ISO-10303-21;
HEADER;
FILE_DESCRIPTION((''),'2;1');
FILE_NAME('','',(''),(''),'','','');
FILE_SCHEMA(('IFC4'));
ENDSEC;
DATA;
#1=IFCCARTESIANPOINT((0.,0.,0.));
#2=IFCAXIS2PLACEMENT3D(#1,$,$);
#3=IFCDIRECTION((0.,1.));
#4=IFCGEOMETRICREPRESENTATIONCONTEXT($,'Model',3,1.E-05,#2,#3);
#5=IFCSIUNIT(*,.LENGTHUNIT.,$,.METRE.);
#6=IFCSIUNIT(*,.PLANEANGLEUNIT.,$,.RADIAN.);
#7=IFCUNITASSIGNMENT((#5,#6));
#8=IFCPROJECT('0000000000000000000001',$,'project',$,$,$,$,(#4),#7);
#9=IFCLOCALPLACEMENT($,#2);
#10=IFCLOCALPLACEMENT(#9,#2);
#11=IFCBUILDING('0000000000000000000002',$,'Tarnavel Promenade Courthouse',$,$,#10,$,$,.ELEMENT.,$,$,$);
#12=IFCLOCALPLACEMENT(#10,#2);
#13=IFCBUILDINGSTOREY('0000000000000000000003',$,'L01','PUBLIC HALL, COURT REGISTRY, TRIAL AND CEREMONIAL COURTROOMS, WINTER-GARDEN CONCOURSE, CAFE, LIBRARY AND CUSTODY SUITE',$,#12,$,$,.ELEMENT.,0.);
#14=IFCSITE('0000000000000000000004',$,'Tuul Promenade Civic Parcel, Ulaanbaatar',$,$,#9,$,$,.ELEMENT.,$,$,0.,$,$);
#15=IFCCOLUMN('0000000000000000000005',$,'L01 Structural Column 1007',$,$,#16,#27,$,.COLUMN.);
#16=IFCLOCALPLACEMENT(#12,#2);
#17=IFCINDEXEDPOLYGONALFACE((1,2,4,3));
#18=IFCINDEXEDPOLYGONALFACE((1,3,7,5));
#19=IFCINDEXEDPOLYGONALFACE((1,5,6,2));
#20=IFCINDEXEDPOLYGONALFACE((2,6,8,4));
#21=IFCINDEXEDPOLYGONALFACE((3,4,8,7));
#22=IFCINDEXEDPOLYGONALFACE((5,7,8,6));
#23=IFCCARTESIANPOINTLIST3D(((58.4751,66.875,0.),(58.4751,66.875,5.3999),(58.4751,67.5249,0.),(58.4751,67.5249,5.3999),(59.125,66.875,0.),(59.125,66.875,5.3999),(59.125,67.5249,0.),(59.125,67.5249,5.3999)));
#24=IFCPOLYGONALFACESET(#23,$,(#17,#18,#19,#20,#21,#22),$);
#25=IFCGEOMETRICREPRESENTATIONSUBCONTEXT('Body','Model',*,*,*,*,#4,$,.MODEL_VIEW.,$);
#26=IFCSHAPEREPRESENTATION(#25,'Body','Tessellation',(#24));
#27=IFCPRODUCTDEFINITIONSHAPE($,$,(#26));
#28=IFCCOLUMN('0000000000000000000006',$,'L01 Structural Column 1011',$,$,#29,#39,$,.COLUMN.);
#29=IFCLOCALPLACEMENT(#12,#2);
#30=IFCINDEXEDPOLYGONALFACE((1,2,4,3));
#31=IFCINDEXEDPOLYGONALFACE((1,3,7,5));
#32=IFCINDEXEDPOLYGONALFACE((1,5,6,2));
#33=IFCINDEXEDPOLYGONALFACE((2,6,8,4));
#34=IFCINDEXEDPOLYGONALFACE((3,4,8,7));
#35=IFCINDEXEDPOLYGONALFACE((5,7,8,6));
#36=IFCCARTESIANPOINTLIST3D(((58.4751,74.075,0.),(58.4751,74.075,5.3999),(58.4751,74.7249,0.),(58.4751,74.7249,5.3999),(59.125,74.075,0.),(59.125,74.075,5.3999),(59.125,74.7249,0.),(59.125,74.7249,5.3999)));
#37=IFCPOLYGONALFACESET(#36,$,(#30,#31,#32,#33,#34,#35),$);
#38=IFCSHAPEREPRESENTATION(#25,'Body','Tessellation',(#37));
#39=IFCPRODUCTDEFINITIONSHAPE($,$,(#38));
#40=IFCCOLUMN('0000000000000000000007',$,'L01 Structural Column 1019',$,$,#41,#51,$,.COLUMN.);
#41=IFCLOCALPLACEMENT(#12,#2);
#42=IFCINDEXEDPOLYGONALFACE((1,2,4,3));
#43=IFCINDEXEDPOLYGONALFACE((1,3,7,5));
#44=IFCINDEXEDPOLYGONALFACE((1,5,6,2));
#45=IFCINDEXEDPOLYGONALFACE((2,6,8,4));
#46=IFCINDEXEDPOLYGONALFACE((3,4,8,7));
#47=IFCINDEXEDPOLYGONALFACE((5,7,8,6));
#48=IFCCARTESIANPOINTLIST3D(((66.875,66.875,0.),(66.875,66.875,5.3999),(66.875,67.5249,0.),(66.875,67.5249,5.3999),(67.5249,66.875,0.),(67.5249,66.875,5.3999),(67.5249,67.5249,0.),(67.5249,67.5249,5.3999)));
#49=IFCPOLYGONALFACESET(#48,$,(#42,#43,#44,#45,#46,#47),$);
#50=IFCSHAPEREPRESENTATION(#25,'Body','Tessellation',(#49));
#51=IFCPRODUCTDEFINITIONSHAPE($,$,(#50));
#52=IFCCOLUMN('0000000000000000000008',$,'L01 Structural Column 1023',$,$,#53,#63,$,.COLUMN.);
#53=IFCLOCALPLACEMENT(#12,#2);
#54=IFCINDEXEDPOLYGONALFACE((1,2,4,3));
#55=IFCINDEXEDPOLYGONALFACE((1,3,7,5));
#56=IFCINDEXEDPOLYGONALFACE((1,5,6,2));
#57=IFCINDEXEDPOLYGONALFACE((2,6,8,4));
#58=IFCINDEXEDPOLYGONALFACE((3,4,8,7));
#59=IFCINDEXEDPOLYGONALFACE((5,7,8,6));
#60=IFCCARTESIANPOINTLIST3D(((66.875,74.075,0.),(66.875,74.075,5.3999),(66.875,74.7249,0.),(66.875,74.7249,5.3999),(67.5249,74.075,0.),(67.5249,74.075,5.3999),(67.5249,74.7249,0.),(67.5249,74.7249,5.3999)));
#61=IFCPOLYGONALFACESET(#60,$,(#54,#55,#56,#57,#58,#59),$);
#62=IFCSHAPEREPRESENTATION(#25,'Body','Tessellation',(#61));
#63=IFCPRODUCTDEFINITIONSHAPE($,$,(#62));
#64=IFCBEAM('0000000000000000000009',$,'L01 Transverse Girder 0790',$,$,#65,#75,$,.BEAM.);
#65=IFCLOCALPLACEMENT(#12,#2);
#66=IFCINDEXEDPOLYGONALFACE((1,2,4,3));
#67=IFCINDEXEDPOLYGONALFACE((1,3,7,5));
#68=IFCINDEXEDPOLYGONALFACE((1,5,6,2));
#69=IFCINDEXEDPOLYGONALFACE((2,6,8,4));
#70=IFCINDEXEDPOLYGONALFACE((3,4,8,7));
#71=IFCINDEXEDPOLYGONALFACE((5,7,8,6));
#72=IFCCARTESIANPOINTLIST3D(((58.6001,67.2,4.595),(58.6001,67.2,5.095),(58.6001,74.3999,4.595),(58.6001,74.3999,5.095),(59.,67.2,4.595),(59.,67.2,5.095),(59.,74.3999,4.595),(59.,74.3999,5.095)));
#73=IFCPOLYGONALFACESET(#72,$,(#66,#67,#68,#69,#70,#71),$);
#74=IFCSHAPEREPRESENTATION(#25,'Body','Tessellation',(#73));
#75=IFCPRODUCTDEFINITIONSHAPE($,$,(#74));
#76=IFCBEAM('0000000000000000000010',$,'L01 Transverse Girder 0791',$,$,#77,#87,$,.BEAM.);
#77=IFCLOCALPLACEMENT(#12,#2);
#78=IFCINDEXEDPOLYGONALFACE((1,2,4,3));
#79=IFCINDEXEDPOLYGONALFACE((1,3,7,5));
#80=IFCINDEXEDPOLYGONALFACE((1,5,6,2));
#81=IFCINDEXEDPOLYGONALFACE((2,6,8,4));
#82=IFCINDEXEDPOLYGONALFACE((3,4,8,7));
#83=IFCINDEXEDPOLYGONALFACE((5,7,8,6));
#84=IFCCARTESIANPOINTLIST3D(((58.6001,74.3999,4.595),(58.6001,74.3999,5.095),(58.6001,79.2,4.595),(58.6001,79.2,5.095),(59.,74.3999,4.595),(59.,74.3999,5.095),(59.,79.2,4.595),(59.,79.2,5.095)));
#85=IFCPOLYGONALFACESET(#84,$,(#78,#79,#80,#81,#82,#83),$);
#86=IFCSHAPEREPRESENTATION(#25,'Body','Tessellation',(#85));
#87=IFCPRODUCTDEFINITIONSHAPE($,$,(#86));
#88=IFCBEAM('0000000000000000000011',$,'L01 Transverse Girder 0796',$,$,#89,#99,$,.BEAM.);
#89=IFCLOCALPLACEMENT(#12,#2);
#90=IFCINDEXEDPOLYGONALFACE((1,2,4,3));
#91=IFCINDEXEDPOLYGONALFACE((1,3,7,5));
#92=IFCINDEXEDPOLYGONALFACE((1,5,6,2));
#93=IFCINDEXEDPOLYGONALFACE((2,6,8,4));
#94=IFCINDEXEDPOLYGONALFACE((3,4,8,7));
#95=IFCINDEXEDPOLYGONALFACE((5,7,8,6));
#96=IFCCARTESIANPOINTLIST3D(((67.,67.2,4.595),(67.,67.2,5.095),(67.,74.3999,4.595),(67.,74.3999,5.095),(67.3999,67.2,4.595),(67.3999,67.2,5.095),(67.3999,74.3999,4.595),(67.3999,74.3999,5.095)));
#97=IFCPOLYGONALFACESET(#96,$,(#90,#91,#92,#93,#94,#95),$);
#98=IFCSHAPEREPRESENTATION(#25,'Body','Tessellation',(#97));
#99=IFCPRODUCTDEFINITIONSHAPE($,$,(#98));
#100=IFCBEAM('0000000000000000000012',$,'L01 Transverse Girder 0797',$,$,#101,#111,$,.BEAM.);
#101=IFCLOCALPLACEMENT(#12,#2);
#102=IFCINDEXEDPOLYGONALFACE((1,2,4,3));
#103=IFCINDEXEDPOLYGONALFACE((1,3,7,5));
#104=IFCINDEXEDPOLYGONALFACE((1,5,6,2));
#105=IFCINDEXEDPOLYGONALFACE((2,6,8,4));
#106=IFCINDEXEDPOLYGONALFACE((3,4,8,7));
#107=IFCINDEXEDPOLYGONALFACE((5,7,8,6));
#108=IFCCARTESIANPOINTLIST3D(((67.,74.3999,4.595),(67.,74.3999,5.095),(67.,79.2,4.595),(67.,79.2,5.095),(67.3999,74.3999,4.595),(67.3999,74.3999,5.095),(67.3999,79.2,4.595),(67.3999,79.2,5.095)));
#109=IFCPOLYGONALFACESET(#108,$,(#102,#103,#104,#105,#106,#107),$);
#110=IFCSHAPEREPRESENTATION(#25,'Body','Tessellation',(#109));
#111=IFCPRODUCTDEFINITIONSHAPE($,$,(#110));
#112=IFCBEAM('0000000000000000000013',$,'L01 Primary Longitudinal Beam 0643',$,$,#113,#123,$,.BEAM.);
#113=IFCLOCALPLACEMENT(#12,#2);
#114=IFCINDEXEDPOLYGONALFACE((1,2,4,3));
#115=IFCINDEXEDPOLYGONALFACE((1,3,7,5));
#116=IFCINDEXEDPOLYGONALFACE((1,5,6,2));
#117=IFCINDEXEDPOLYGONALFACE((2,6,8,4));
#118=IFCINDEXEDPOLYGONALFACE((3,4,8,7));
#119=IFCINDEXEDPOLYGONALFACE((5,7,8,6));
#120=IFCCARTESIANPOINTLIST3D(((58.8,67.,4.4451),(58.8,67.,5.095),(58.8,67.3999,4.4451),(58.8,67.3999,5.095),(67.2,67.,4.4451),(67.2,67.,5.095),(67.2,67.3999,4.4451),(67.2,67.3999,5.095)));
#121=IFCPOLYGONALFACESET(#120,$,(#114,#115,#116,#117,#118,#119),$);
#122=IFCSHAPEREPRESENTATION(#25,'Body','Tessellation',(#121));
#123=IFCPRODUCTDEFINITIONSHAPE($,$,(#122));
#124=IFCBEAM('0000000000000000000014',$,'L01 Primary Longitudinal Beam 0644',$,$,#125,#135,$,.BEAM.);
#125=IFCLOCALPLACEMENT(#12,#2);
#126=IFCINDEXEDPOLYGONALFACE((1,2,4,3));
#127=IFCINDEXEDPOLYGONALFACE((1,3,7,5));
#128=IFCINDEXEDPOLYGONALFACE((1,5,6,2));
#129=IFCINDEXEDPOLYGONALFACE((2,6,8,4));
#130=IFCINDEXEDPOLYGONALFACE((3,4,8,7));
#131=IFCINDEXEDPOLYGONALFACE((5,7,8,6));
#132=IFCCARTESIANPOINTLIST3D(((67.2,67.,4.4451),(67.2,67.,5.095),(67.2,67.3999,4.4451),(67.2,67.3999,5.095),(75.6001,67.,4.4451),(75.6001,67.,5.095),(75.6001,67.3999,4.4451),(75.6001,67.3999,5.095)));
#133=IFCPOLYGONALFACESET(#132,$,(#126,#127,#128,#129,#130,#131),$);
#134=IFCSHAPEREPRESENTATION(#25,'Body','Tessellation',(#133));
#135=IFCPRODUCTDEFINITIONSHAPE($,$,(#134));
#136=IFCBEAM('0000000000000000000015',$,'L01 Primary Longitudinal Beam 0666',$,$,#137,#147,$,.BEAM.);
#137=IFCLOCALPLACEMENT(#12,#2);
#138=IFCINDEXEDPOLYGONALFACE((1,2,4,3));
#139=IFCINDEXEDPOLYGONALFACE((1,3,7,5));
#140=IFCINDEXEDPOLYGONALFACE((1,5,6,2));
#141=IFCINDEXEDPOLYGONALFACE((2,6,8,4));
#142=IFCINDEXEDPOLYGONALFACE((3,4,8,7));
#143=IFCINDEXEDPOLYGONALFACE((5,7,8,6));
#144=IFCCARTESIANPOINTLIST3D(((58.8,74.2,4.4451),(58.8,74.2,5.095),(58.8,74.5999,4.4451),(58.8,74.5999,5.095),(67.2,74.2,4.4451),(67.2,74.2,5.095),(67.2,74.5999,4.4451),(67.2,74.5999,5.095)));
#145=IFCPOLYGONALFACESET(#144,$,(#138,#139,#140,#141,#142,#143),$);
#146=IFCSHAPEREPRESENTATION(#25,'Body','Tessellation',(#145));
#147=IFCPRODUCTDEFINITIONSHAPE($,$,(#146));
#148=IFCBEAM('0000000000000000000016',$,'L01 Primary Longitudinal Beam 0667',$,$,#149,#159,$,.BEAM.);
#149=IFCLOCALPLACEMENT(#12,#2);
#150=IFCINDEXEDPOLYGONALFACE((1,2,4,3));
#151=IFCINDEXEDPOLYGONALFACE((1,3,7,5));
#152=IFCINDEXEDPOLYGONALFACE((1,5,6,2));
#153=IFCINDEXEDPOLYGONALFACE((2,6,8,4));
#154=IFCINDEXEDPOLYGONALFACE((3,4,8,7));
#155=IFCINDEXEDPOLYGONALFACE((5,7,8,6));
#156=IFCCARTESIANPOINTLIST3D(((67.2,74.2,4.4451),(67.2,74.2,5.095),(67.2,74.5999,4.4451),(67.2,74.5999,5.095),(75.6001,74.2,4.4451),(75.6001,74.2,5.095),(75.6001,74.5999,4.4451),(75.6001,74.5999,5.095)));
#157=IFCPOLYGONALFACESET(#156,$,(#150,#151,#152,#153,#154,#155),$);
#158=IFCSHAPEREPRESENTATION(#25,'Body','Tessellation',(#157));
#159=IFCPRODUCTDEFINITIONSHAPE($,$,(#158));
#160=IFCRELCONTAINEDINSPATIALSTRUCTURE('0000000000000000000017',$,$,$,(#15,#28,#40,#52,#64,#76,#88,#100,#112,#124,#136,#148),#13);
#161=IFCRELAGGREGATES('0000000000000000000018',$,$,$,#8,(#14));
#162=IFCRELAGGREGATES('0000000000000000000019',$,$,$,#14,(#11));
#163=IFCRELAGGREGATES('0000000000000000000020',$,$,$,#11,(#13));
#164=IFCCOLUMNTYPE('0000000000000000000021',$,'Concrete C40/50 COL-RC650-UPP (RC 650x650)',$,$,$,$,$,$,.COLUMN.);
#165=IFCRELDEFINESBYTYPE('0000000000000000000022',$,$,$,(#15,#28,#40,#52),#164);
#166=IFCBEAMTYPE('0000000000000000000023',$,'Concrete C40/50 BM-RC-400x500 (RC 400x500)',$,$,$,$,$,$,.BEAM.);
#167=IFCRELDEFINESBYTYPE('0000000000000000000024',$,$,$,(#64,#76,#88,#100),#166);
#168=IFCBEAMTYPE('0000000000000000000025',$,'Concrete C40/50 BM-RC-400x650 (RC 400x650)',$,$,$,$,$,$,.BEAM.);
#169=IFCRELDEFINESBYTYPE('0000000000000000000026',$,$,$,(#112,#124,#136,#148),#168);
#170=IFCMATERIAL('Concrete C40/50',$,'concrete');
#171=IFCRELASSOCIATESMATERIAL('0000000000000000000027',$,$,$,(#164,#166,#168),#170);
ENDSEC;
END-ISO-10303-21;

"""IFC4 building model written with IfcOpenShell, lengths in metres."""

from ifc_helpers import new_model, si_unit, direction, frame, origin, origin_2d, place, context, subcontext, project, spatial, rectangle, extrude, material, material_profile, profile_set, type_object, element, save


model = new_model("IFC4")

# Units and contexts
model_context = context("Model", 3, precision=1e-05, world=origin(), true_north=direction((0.0, 1.0)))
body_context = subcontext(model_context, "Body", "Model", "MODEL_VIEW")
ifc_project = project(units=[si_unit("LENGTHUNIT", "METRE"), si_unit("PLANEANGLEUNIT", "RADIAN")], contexts=[model_context])

# Site, building, storey
site_placement = place(None, origin())
site = spatial("IfcSite", under=ifc_project, at=site_placement, Name="Tuul Promenade Civic Parcel, Ulaanbaatar", CompositionType="ELEMENT", RefElevation=0.0)
building_placement = place(site_placement, origin())
building = spatial("IfcBuilding", under=site, at=building_placement, Name="Tarnavel Promenade Courthouse", CompositionType="ELEMENT")
storey_placement = place(building_placement, origin())
storey = spatial("IfcBuildingStorey", under=building, at=storey_placement, Name="L01", Description="PUBLIC HALL, COURT REGISTRY, TRIAL AND CEREMONIAL COURTROOMS, WINTER-GARDEN CONCOURSE, CAFE, LIBRARY AND CUSTODY SUITE", CompositionType="ELEMENT", Elevation=0.0)

# Columns
ifc_material_1 = material(Name="Concrete C40/50", Category="concrete")
ifc_material_profile_1 = material_profile(ifc_material_1, rectangle(XDim=0.6499, YDim=0.6499, at=origin_2d()), Name="RC 650x650")
ifc_profile_set_1 = profile_set([ifc_material_profile_1], Name="Concrete C40/50")
column_type = type_object("IfcColumnType", Name="Concrete C40/50 COL-RC650-UPP (RC 650x650)", PredefinedType="COLUMN", material=ifc_profile_set_1)
for number, where, z_axis, x_axis, name in (
    (1, (58.8, 67.2, 0.0), (0.0, 0.0, 1.0), (1.0, 0.0, 0.0), "L01 Structural Column 1007"),
    (2, (58.8, 74.3999, 0.0), (0.0, 0.0, 1.0), (1.0, 0.0, 0.0), "L01 Structural Column 1011"),
    (3, (67.2, 67.2, 0.0), (0.0, 0.0, 1.0), (1.0, 0.0, 0.0), "L01 Structural Column 1019"),
    (4, (67.2, 74.3999, 0.0), (0.0, 0.0, 1.0), (1.0, 0.0, 0.0), "L01 Structural Column 1023"),
):
    element("IfcColumn", number, at=place(storey_placement, frame(where, z_axis=z_axis, x_axis=x_axis)), inside=storey, type_object=column_type, Name=name, PredefinedType="COLUMN", context=body_context, shape_type="SweptSolid", body=[
        extrude(rectangle(XDim=0.6499, YDim=0.6499, at=origin_2d()), origin(), (0.0, 0.0, 1.0), 5.3999),
    ])

# Beams
ifc_material_profile_2 = material_profile(ifc_material_1, rectangle(XDim=0.3999, YDim=0.5, at=origin_2d()), Name="RC 400x500")
ifc_profile_set_2 = profile_set([ifc_material_profile_2], Name="Concrete C40/50")
beam_type_1 = type_object("IfcBeamType", Name="Concrete C40/50 BM-RC-400x500 (RC 400x500)", PredefinedType="BEAM", material=ifc_profile_set_2)
beam_1_placement = place(storey_placement, frame((58.8, 67.2, 4.845), z_axis=(0.0, 1.0, 0.0), x_axis=(-1.0, 0.0, 0.0)))
element("IfcBeam", 5, at=beam_1_placement, inside=storey, type_object=beam_type_1, Name="L01 Transverse Girder 0790", PredefinedType="BEAM", context=body_context, shape_type="SweptSolid", body=[
    extrude(rectangle(XDim=0.3999, YDim=0.5, at=origin_2d()), origin(), (0.0, 0.0, 1.0), 7.2),
])
beam_2_placement = place(storey_placement, frame((58.8, 74.3999, 4.845), z_axis=(0.0, 1.0, 0.0), x_axis=(-1.0, 0.0, 0.0)))
element("IfcBeam", 6, at=beam_2_placement, inside=storey, type_object=beam_type_1, Name="L01 Transverse Girder 0791", PredefinedType="BEAM", context=body_context, shape_type="SweptSolid", body=[
    extrude(rectangle(XDim=0.3999, YDim=0.5, at=origin_2d()), origin(), (0.0, 0.0, 1.0), 4.8),
])
beam_3_placement = place(storey_placement, frame((67.2, 67.2, 4.845), z_axis=(0.0, 1.0, 0.0), x_axis=(-1.0, 0.0, 0.0)))
element("IfcBeam", 7, at=beam_3_placement, inside=storey, type_object=beam_type_1, Name="L01 Transverse Girder 0796", PredefinedType="BEAM", context=body_context, shape_type="SweptSolid", body=[
    extrude(rectangle(XDim=0.3999, YDim=0.5, at=origin_2d()), origin(), (0.0, 0.0, 1.0), 7.2),
])
beam_4_placement = place(storey_placement, frame((67.2, 74.3999, 4.845), z_axis=(0.0, 1.0, 0.0), x_axis=(-1.0, 0.0, 0.0)))
element("IfcBeam", 8, at=beam_4_placement, inside=storey, type_object=beam_type_1, Name="L01 Transverse Girder 0797", PredefinedType="BEAM", context=body_context, shape_type="SweptSolid", body=[
    extrude(rectangle(XDim=0.3999, YDim=0.5, at=origin_2d()), origin(), (0.0, 0.0, 1.0), 4.8),
])
ifc_material_profile_3 = material_profile(ifc_material_1, rectangle(XDim=0.3999, YDim=0.6499, at=origin_2d()), Name="RC 400x650")
ifc_profile_set_3 = profile_set([ifc_material_profile_3], Name="Concrete C40/50")
beam_type_2 = type_object("IfcBeamType", Name="Concrete C40/50 BM-RC-400x650 (RC 400x650)", PredefinedType="BEAM", material=ifc_profile_set_3)
beam_5_placement = place(storey_placement, frame((58.8, 67.2, 4.77), z_axis=(1.0, 0.0, 0.0), x_axis=(0.0, 1.0, 0.0)))
element("IfcBeam", 9, at=beam_5_placement, inside=storey, type_object=beam_type_2, Name="L01 Primary Longitudinal Beam 0643", PredefinedType="BEAM", context=body_context, shape_type="SweptSolid", body=[
    extrude(rectangle(XDim=0.3999, YDim=0.6499, at=origin_2d()), origin(), (0.0, 0.0, 1.0), 8.3999),
])
beam_6_placement = place(storey_placement, frame((67.2, 67.2, 4.77), z_axis=(1.0, 0.0, 0.0), x_axis=(0.0, 1.0, 0.0)))
element("IfcBeam", 10, at=beam_6_placement, inside=storey, type_object=beam_type_2, Name="L01 Primary Longitudinal Beam 0644", PredefinedType="BEAM", context=body_context, shape_type="SweptSolid", body=[
    extrude(rectangle(XDim=0.3999, YDim=0.6499, at=origin_2d()), origin(), (0.0, 0.0, 1.0), 8.4001),
])
beam_7_placement = place(storey_placement, frame((58.8, 74.3999, 4.77), z_axis=(1.0, 0.0, 0.0), x_axis=(0.0, 1.0, 0.0)))
element("IfcBeam", 11, at=beam_7_placement, inside=storey, type_object=beam_type_2, Name="L01 Primary Longitudinal Beam 0666", PredefinedType="BEAM", context=body_context, shape_type="SweptSolid", body=[
    extrude(rectangle(XDim=0.3999, YDim=0.6499, at=origin_2d()), origin(), (0.0, 0.0, 1.0), 8.3999),
])
beam_8_placement = place(storey_placement, frame((67.2, 74.3999, 4.77), z_axis=(1.0, 0.0, 0.0), x_axis=(0.0, 1.0, 0.0)))
element("IfcBeam", 12, at=beam_8_placement, inside=storey, type_object=beam_type_2, Name="L01 Primary Longitudinal Beam 0667", PredefinedType="BEAM", context=body_context, shape_type="SweptSolid", body=[
    extrude(rectangle(XDim=0.3999, YDim=0.6499, at=origin_2d()), origin(), (0.0, 0.0, 1.0), 8.4001),
])

save(model, "model.ifc")
